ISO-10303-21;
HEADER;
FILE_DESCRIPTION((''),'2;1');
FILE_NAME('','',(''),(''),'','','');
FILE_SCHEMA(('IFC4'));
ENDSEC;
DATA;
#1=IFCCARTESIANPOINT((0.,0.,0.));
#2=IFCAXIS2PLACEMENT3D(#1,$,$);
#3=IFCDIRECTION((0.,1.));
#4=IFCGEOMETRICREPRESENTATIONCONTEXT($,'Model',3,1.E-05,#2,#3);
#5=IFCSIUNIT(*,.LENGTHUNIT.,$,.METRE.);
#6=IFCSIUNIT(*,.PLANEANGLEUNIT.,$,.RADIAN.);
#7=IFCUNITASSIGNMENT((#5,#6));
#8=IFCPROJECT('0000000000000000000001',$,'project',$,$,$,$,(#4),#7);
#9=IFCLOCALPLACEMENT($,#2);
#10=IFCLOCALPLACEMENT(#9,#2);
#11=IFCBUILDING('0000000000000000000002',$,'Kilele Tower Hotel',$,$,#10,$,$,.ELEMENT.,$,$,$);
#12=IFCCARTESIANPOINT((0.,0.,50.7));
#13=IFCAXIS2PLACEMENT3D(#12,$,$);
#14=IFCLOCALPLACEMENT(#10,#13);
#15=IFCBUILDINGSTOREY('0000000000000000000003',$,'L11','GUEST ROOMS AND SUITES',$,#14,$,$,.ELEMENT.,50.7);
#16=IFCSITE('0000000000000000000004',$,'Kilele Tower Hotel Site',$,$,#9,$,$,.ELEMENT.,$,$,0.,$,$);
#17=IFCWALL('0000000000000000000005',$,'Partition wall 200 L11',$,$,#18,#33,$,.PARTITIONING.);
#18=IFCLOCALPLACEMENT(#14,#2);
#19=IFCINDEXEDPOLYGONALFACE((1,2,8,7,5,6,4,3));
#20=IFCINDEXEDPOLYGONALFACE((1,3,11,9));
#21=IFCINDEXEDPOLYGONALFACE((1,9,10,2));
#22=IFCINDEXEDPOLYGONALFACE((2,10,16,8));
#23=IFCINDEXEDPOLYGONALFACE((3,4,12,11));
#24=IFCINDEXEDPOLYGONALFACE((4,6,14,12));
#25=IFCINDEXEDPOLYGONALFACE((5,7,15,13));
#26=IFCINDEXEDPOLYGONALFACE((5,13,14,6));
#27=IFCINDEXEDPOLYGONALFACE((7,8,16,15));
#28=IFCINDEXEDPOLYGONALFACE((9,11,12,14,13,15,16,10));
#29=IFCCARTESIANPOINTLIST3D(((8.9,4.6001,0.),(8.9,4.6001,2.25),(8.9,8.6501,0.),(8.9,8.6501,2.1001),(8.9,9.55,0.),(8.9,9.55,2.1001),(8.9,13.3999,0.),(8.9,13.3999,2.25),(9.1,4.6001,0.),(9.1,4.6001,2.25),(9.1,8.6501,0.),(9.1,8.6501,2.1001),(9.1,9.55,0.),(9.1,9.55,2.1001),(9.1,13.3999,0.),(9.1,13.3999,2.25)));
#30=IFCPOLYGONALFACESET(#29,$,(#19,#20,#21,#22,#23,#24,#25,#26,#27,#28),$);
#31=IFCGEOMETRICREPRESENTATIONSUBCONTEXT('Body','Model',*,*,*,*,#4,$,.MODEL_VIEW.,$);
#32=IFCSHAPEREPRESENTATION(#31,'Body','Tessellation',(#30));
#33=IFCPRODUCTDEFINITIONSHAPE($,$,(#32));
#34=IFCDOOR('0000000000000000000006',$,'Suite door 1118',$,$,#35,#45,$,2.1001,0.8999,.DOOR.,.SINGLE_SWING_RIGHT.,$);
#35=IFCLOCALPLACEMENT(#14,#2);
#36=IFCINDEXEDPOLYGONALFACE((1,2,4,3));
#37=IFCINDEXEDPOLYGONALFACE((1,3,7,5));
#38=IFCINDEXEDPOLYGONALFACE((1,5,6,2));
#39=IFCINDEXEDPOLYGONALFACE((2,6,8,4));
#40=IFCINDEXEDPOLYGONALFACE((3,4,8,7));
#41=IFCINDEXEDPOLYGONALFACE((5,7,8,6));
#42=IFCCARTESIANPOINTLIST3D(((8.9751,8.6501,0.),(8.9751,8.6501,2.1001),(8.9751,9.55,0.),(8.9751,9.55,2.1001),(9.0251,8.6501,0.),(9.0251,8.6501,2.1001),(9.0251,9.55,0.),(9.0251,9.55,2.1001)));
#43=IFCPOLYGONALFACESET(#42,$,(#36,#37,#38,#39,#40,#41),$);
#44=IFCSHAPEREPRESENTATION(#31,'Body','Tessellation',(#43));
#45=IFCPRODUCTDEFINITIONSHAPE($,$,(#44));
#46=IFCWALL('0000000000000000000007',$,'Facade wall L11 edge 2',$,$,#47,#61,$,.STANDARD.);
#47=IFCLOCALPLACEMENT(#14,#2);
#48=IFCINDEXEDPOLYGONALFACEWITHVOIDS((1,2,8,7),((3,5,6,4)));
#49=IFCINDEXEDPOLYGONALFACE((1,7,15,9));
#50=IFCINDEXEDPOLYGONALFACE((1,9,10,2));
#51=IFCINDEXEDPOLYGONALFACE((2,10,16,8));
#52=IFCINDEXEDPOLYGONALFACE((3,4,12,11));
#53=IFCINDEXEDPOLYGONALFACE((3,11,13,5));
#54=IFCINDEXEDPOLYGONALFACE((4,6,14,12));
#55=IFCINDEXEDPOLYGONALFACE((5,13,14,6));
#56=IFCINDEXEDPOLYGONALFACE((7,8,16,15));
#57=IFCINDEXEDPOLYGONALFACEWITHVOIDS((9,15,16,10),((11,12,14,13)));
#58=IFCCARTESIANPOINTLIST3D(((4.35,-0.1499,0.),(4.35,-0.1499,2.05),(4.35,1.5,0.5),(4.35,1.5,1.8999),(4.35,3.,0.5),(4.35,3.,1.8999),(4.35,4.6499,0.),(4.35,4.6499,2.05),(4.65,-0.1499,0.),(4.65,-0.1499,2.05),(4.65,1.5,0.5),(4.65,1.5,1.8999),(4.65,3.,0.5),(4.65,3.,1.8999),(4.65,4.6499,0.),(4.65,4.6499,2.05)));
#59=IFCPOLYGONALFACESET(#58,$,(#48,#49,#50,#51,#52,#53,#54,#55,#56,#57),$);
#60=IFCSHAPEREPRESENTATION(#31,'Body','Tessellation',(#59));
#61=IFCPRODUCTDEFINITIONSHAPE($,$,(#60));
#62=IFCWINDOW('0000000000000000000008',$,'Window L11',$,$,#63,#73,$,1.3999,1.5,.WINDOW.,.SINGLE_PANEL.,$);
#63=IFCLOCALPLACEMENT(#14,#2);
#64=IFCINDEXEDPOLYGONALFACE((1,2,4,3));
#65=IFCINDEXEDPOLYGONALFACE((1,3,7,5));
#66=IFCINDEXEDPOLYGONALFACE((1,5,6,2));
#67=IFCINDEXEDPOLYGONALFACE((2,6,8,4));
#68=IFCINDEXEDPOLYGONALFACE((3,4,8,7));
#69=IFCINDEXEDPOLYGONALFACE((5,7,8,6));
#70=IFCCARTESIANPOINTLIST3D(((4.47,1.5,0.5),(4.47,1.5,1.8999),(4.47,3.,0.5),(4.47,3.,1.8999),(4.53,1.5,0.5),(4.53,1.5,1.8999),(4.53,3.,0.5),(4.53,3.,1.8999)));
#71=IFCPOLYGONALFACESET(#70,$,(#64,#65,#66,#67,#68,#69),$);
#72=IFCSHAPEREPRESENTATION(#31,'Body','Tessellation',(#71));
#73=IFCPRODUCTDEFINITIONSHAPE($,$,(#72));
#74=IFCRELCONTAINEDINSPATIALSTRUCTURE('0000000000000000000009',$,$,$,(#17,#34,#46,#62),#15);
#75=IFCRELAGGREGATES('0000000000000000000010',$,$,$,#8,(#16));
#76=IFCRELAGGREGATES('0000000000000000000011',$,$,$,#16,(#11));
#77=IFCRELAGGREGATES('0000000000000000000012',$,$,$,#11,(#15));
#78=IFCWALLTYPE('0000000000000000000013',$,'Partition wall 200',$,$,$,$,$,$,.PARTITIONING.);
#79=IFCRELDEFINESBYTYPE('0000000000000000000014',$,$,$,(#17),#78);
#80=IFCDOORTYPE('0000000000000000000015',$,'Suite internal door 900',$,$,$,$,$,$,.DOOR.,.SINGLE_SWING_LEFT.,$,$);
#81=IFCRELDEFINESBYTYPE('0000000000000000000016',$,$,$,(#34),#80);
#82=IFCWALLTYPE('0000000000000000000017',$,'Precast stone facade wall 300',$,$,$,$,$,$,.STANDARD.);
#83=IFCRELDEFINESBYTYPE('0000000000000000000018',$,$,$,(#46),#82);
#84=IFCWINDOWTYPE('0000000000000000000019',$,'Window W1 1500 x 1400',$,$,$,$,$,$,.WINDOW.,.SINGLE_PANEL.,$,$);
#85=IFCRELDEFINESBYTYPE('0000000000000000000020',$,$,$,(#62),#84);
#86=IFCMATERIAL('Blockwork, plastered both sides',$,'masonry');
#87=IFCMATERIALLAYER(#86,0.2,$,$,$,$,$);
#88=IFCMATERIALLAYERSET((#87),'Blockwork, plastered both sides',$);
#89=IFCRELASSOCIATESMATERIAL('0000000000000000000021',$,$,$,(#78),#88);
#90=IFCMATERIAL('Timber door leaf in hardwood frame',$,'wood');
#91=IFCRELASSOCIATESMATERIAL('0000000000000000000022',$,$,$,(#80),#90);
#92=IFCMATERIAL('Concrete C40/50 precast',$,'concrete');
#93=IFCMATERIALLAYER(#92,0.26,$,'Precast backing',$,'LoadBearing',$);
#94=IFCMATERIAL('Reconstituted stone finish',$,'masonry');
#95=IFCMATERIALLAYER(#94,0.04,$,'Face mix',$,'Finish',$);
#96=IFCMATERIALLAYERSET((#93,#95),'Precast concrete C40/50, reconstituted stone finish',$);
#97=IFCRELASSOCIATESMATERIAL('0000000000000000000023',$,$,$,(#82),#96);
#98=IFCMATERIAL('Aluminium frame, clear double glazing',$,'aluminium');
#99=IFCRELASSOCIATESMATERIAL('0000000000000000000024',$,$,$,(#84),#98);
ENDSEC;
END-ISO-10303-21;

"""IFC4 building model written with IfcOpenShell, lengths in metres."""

from ifc_helpers import new_model, si_unit, direction, frame, frame_2d, origin, place, context, subcontext, project, spatial, rectangle, extrude, material, layer, layer_set, type_object, element, fill, save


model = new_model("IFC4")

# Units and contexts
model_context = context("Model", 3, precision=1e-05, world=origin(), true_north=direction((0.0, 1.0)))
body_context = subcontext(model_context, "Body", "Model", "MODEL_VIEW")
ifc_project = project(units=[si_unit("LENGTHUNIT", "METRE"), si_unit("PLANEANGLEUNIT", "RADIAN")], contexts=[model_context])

# Site, building, storey
site_placement = place(None, origin())
site = spatial("IfcSite", under=ifc_project, at=site_placement, Name="Kilele Tower Hotel Site", CompositionType="ELEMENT", RefElevation=0.0)
building_placement = place(site_placement, origin())
building = spatial("IfcBuilding", under=site, at=building_placement, Name="Kilele Tower Hotel", CompositionType="ELEMENT")
storey_placement = place(building_placement, frame((0.0, 0.0, 50.7)))
storey = spatial("IfcBuildingStorey", under=building, at=storey_placement, Name="L11", Description="GUEST ROOMS AND SUITES", CompositionType="ELEMENT", Elevation=50.7)

# Wall, opening, door
ifc_material_1 = material(Name="Blockwork, plastered both sides", Category="masonry")
ifc_layer_1 = layer(ifc_material_1, 0.2)
ifc_layer_set_1 = layer_set([ifc_layer_1], Name="Blockwork, plastered both sides")
wall_type_1 = type_object("IfcWallType", Name="Partition wall 200", PredefinedType="PARTITIONING", material=ifc_layer_set_1)
wall_1_placement = place(storey_placement, frame((9.0, 4.6001, 0.0), z_axis=(0.0, 0.0, 1.0), x_axis=(0.0, 1.0, 0.0)))
wall_1 = element("IfcWall", 1, at=wall_1_placement, inside=storey, type_object=wall_type_1, Name="Partition wall 200 L11", PredefinedType="PARTITIONING", context=body_context, shape_type="SweptSolid", body=[
    extrude(rectangle(XDim=8.7998, YDim=0.2, at=frame_2d((4.3999, 0.0))), origin(), (0.0, 0.0, 1.0), 2.25),
])
opening_1_placement = place(wall_1_placement, frame((4.05, 0.0, 0.0)))
opening_1 = element("IfcOpeningElement", 2, at=opening_1_placement, cuts=wall_1, PredefinedType="OPENING", context=body_context, shape_type="SweptSolid", body=[
    extrude(rectangle(XDim=0.8999, YDim=2.1001, at=frame_2d((0.45, 1.05))), frame((0.0, 0.1099, 0.0), z_axis=(0.0, -1.0, 0.0), x_axis=(1.0, 0.0, 0.0)), (0.0, 0.0, 1.0), 0.22),
])
ifc_material_2 = material(Name="Timber door leaf in hardwood frame", Category="wood")
door_type = type_object("IfcDoorType", Name="Suite internal door 900", OperationType="SINGLE_SWING_LEFT", PredefinedType="DOOR", material=ifc_material_2)
door_placement = place(opening_1_placement, origin())
door = element("IfcDoor", 3, at=door_placement, inside=storey, type_object=door_type, Name="Suite door 1118", OperationType="SINGLE_SWING_RIGHT", OverallHeight=2.1001, OverallWidth=0.8999, PredefinedType="DOOR", context=body_context, shape_type="SweptSolid", body=[
    extrude(rectangle(XDim=0.8999, YDim=2.1001, at=frame_2d((0.45, 1.05))), frame((0.0, 0.0249, 0.0), z_axis=(0.0, -1.0, 0.0), x_axis=(1.0, 0.0, 0.0)), (0.0, 0.0, 1.0), 0.05),
])
fill(opening_1, door)

# Wall, opening, window
ifc_material_3 = material(Name="Concrete C40/50 precast", Category="concrete")
ifc_layer_2 = layer(ifc_material_3, 0.26, Name="Precast backing", Category="LoadBearing")
ifc_material_4 = material(Name="Reconstituted stone finish", Category="masonry")
ifc_layer_3 = layer(ifc_material_4, 0.04, Name="Face mix", Category="Finish")
ifc_layer_set_2 = layer_set([ifc_layer_2, ifc_layer_3], Name="Precast concrete C40/50, reconstituted stone finish")
wall_type_2 = type_object("IfcWallType", Name="Precast stone facade wall 300", PredefinedType="STANDARD", material=ifc_layer_set_2)
wall_2_placement = place(storey_placement, frame((4.5, 4.6499, 0.0), z_axis=(0.0, 0.0, 1.0), x_axis=(0.0, -1.0, 0.0)))
wall_2 = element("IfcWall", 4, at=wall_2_placement, inside=storey, type_object=wall_type_2, Name="Facade wall L11 edge 2", PredefinedType="STANDARD", context=body_context, shape_type="SweptSolid", body=[
    extrude(rectangle(XDim=4.7998, YDim=0.3, at=frame_2d((2.3999, 0.0))), origin(), (0.0, 0.0, 1.0), 2.05),
])
opening_2_placement = place(wall_2_placement, frame((1.6499, 0.0, 0.5)))
opening_2 = element("IfcOpeningElement", 5, at=opening_2_placement, cuts=wall_2, PredefinedType="OPENING", context=body_context, shape_type="SweptSolid", body=[
    extrude(rectangle(XDim=1.5, YDim=1.3999, at=frame_2d((0.75, 0.7))), frame((0.0, 0.1599, 0.0), z_axis=(0.0, -1.0, 0.0), x_axis=(1.0, 0.0, 0.0)), (0.0, 0.0, 1.0), 0.3201),
])
ifc_material_5 = material(Name="Aluminium frame, clear double glazing", Category="aluminium")
window_type = type_object("IfcWindowType", Name="Window W1 1500 x 1400", PartitioningType="SINGLE_PANEL", PredefinedType="WINDOW", material=ifc_material_5)
window_placement = place(opening_2_placement, origin())
window = element("IfcWindow", 6, at=window_placement, inside=storey, type_object=window_type, Name="Window L11", OverallHeight=1.3999, OverallWidth=1.5, PartitioningType="SINGLE_PANEL", PredefinedType="WINDOW", context=body_context, shape_type="SweptSolid", body=[
    extrude(rectangle(XDim=1.5, YDim=1.3999, at=frame_2d((0.75, 0.7))), frame((0.0, 0.03, 0.0), z_axis=(0.0, -1.0, 0.0), x_axis=(1.0, 0.0, 0.0)), (0.0, 0.0, 1.0), 0.0601),
])
fill(opening_2, window)

save(model, "model.ifc")
